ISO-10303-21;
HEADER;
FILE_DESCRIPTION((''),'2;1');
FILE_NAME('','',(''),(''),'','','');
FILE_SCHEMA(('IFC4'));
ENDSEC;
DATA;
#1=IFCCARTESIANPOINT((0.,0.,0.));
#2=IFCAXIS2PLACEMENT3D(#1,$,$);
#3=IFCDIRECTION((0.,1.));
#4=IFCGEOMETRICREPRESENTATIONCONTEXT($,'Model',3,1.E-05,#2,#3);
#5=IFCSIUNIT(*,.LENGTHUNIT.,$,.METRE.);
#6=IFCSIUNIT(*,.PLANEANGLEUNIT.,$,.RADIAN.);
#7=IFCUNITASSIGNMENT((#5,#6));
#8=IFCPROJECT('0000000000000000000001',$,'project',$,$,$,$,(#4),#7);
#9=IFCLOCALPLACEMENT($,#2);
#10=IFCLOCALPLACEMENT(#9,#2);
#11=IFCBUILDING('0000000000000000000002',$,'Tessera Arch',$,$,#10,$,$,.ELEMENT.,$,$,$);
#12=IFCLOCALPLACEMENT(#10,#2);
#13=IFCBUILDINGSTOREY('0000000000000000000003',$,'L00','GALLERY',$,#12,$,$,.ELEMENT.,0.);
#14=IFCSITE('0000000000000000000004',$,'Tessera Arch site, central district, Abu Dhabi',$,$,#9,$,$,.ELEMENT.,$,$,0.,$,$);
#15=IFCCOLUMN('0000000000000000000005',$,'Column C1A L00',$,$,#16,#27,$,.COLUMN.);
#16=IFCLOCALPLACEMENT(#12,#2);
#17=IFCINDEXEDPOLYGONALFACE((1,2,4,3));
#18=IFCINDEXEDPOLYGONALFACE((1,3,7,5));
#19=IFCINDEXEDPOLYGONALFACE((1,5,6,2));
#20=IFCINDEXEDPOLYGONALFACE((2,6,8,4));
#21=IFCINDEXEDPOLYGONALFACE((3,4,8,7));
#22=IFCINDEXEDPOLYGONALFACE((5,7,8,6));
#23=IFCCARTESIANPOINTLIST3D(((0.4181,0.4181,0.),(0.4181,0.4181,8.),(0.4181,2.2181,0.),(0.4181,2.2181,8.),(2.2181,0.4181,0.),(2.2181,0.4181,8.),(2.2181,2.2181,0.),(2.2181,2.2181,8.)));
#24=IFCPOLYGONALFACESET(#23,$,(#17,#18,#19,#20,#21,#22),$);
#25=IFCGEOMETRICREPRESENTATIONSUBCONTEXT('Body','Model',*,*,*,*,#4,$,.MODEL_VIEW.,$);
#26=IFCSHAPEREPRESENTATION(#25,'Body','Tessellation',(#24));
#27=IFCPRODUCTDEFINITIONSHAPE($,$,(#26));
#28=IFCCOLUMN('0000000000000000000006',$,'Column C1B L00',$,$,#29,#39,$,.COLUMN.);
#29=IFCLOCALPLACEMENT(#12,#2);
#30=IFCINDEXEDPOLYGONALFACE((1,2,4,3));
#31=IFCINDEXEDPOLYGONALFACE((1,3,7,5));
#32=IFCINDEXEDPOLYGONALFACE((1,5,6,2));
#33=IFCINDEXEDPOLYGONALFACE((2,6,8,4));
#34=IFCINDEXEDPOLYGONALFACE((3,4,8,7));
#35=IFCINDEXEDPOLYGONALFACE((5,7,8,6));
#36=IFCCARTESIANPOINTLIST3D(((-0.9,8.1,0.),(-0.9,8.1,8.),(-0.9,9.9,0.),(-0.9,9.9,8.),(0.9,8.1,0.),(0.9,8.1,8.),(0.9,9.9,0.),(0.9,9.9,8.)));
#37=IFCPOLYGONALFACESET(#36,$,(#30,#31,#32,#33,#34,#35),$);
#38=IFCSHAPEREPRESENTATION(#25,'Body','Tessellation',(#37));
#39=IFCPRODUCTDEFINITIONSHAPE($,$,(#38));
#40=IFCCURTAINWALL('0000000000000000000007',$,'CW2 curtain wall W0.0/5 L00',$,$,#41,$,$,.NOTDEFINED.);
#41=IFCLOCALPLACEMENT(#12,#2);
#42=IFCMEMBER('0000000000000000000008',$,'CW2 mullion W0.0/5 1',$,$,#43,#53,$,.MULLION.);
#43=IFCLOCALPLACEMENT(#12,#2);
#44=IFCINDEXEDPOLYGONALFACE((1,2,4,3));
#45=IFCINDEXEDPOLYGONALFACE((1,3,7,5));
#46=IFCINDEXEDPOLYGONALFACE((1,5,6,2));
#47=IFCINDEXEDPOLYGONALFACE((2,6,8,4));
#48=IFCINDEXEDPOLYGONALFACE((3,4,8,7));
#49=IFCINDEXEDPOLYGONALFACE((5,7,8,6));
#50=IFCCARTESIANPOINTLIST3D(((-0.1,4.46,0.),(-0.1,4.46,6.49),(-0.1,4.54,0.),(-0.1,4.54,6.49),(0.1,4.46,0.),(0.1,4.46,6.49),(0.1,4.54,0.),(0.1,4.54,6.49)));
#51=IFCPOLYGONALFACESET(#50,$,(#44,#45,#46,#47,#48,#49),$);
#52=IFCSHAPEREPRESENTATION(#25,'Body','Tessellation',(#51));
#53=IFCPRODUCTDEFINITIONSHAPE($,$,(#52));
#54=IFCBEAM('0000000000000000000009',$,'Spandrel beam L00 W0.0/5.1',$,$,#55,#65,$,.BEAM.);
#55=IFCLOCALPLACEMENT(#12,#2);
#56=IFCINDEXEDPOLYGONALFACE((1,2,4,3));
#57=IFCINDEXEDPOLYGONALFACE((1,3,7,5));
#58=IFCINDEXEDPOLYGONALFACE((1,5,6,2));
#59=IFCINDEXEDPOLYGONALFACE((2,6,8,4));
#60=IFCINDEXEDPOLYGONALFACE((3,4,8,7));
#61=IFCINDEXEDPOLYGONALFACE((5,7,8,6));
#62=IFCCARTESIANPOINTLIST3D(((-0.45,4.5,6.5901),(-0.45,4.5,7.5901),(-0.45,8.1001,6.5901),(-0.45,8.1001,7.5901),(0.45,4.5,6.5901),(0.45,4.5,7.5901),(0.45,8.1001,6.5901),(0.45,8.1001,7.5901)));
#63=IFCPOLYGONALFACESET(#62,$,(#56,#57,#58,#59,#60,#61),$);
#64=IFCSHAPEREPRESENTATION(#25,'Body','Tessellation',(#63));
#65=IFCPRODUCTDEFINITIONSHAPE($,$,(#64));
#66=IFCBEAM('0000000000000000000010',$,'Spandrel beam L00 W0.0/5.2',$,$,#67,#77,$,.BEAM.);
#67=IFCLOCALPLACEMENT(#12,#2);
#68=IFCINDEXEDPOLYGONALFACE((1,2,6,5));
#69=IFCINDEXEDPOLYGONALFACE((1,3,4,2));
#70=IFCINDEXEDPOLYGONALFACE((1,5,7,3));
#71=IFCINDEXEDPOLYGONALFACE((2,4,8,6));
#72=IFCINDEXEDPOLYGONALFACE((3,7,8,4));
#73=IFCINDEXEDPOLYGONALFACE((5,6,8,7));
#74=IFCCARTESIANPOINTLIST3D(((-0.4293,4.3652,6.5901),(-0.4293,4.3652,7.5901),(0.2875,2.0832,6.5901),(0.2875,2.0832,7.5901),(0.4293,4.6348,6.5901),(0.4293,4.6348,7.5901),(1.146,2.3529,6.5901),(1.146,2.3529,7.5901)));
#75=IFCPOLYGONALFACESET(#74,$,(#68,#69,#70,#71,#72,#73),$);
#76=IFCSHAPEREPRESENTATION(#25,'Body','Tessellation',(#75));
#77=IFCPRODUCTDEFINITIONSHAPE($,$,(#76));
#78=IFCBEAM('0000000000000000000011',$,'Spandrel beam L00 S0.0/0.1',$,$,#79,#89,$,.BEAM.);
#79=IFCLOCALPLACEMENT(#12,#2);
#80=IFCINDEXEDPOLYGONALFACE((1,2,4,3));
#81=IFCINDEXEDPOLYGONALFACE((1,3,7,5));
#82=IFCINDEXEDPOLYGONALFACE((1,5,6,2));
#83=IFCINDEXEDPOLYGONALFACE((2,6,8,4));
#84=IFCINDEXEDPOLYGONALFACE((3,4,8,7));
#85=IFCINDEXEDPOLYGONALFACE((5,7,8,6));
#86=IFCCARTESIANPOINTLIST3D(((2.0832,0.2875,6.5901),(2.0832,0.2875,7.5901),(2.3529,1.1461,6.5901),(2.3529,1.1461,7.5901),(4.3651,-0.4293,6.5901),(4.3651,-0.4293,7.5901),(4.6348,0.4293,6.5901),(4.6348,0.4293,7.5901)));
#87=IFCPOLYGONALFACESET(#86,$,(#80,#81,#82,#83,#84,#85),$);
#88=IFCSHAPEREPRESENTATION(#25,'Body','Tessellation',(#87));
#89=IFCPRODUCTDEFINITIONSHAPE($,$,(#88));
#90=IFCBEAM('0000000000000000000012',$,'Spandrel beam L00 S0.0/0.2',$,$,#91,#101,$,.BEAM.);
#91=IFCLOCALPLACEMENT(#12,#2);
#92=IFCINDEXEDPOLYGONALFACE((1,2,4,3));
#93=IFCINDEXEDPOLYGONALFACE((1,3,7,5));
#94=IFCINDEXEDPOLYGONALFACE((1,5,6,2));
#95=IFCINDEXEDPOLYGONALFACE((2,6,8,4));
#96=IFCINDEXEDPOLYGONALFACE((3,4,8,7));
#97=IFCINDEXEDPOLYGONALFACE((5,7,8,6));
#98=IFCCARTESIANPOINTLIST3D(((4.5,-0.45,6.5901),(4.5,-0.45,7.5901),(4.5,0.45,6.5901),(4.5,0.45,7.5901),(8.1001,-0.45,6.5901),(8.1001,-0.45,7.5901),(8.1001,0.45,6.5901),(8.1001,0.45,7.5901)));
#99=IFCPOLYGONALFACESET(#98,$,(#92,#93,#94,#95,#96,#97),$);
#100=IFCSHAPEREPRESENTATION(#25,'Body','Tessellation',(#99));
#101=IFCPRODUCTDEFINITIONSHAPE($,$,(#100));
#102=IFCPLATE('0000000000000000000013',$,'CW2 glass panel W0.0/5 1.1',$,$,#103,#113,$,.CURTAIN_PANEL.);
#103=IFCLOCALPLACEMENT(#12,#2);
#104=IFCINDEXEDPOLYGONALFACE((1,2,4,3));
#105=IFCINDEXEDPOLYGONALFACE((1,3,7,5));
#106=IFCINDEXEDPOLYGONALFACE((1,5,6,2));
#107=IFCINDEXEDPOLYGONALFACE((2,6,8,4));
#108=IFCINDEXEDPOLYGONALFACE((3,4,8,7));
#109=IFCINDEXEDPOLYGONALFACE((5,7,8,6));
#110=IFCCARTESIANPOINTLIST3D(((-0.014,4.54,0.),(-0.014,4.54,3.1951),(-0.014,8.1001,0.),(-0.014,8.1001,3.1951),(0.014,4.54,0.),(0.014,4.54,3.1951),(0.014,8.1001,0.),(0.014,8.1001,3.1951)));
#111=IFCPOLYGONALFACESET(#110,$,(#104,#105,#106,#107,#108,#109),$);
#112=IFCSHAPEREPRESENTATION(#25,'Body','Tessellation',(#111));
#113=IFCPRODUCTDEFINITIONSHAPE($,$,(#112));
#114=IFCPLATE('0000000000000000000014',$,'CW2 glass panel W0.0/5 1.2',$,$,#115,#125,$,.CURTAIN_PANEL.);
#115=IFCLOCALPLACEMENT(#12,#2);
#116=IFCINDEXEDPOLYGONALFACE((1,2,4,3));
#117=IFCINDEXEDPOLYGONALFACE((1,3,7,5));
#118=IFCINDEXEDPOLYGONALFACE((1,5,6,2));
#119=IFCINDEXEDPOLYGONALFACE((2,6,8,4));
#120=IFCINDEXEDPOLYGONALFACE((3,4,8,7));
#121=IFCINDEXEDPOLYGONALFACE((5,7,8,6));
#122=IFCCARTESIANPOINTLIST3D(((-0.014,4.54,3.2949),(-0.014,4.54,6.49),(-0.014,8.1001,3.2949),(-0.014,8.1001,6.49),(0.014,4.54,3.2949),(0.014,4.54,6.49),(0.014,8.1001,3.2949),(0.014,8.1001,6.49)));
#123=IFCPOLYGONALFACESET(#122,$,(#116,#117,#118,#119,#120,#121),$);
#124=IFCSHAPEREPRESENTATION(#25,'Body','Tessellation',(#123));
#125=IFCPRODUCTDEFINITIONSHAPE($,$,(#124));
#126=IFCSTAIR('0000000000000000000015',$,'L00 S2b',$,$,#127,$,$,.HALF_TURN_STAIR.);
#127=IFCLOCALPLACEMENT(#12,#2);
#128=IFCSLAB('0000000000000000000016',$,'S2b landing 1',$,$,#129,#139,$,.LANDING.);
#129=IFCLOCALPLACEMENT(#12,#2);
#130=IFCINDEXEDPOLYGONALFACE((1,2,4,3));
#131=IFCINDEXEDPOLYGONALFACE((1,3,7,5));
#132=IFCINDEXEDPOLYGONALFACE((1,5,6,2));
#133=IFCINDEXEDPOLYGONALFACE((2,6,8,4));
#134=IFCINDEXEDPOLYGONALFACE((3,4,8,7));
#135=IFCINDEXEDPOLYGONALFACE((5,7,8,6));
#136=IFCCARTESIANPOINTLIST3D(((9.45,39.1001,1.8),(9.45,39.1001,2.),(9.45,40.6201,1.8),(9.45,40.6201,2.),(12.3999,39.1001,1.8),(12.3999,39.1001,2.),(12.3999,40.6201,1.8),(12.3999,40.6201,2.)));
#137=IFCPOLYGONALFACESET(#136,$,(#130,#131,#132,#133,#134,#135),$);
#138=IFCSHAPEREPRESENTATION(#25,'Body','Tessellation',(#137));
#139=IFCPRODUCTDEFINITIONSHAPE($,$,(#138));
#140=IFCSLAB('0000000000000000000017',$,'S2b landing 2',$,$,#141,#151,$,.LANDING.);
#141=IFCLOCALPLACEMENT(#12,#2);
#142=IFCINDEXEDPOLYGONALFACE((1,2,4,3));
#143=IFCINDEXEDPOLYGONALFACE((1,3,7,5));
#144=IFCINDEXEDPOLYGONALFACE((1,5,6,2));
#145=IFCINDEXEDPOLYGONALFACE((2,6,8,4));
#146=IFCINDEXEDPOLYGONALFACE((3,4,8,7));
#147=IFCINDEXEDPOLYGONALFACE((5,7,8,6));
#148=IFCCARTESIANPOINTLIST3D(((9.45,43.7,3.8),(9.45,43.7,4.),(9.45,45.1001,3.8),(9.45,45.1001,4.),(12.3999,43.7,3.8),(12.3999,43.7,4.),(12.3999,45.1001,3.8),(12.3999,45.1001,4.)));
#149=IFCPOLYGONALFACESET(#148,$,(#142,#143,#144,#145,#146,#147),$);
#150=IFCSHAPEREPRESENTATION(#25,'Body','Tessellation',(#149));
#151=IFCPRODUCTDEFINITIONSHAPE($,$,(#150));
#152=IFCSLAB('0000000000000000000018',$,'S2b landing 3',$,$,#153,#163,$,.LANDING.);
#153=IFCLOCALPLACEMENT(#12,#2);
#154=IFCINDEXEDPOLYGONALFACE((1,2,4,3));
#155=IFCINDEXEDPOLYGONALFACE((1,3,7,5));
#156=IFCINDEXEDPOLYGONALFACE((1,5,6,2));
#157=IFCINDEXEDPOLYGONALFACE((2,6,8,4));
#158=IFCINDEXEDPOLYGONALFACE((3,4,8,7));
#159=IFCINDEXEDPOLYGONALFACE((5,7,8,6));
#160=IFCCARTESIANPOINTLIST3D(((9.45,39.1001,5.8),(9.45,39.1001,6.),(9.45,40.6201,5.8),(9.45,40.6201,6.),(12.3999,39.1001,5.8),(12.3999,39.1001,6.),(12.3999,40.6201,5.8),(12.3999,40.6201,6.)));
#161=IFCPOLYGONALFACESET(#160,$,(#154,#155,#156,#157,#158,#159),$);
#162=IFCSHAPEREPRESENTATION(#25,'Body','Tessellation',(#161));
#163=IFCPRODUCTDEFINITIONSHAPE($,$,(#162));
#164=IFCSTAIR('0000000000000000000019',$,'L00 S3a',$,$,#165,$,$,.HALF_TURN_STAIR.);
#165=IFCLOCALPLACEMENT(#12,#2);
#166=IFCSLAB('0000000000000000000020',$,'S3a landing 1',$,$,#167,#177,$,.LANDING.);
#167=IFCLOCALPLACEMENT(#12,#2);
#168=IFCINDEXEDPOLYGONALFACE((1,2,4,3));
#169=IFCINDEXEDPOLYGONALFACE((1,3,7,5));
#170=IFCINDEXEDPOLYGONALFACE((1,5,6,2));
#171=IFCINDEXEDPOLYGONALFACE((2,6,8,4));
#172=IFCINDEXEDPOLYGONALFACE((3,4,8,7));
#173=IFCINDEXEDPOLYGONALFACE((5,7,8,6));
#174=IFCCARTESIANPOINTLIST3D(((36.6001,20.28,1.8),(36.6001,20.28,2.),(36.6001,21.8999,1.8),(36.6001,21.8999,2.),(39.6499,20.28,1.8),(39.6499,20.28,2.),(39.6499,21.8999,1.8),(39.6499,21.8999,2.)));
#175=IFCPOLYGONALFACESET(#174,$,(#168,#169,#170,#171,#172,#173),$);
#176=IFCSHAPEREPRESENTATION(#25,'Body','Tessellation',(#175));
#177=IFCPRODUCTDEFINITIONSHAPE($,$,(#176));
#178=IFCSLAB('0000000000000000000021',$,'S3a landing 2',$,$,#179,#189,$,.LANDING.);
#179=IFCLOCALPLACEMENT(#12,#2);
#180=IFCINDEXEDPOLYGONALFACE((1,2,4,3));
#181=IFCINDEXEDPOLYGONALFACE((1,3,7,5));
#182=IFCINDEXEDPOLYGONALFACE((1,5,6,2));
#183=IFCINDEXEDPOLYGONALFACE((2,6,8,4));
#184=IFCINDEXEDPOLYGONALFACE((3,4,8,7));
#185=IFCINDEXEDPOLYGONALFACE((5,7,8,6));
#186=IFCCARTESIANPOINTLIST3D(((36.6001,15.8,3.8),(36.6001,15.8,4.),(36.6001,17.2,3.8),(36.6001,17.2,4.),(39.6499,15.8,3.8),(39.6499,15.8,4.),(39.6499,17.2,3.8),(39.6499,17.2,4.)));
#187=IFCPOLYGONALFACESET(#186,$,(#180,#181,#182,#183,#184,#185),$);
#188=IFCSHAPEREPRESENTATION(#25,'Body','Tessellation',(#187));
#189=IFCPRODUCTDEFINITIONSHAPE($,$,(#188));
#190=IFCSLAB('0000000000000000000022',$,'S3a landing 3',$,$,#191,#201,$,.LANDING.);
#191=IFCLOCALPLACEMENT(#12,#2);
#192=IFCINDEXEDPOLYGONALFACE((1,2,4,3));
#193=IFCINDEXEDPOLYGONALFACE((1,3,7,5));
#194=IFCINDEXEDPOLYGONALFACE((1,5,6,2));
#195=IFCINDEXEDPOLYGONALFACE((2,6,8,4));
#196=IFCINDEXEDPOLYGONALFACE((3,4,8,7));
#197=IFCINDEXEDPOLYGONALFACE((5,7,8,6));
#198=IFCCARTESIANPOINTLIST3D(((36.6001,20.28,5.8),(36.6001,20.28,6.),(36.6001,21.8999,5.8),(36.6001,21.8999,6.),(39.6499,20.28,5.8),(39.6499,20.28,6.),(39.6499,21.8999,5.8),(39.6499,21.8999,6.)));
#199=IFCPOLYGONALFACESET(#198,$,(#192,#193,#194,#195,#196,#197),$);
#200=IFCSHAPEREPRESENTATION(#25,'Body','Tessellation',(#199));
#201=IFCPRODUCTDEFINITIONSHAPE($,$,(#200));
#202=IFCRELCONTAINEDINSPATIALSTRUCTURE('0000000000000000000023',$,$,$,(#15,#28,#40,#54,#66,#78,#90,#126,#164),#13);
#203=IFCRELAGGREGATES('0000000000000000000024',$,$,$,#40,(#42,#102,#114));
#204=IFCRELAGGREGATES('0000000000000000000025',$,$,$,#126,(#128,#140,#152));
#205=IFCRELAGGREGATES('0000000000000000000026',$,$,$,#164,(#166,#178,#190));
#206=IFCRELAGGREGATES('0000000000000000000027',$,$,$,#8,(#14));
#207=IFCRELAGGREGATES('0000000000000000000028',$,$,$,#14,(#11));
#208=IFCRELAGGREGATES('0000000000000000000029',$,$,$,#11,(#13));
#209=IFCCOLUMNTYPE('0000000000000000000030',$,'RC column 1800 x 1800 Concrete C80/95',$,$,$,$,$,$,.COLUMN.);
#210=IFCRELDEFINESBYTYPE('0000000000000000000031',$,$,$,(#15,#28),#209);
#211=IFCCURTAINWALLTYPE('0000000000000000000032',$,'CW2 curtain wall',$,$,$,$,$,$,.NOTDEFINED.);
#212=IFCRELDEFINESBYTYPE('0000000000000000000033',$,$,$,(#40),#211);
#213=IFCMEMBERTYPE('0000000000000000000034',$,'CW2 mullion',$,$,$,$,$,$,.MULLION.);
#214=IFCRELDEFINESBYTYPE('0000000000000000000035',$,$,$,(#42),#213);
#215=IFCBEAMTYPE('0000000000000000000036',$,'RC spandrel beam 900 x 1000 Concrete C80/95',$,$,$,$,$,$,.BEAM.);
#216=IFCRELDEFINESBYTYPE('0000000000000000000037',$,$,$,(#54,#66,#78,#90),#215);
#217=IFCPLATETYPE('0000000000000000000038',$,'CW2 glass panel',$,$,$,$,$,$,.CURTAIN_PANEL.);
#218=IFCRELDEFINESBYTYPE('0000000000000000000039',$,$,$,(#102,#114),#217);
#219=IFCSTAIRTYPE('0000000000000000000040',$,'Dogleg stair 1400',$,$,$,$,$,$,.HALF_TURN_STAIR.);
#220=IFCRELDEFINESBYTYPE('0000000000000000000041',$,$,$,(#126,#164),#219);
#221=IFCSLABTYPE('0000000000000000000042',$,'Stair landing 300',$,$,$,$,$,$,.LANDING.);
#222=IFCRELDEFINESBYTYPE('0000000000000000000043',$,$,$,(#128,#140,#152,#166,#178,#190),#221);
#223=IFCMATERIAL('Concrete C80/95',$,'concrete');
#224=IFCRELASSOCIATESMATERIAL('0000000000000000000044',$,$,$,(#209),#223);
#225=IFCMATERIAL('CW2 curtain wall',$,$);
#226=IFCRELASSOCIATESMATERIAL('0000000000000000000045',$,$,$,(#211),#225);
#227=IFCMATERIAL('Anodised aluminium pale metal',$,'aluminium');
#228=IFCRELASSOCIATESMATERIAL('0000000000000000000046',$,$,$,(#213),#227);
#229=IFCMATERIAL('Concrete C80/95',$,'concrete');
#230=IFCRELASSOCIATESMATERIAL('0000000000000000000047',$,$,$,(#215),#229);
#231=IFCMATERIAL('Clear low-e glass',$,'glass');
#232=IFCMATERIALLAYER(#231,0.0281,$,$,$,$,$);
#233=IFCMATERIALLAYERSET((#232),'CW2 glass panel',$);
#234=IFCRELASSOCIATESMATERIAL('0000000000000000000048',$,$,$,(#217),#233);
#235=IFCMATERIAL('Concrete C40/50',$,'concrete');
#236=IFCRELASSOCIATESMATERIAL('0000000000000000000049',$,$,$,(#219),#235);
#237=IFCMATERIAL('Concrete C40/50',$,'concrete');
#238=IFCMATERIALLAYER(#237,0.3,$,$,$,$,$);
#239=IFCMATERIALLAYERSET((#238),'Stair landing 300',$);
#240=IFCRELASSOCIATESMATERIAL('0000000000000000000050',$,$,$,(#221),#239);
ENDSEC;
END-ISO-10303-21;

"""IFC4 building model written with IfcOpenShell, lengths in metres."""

from ifc_helpers import new_model, si_unit, direction, frame, origin, origin_2d, place, context, subcontext, project, spatial, polyline, rectangle, outline, extrude, material, layer, layer_set, material_profile, profile_set, type_object, element, aggregate, save


model = new_model("IFC4")

# Units and contexts
model_context = context("Model", 3, precision=1e-05, world=origin(), true_north=direction((0.0, 1.0)))
body_context = subcontext(model_context, "Body", "Model", "MODEL_VIEW")
ifc_project = project(units=[si_unit("LENGTHUNIT", "METRE"), si_unit("PLANEANGLEUNIT", "RADIAN")], contexts=[model_context])

# Site, building, storey
site_placement = place(None, origin())
site = spatial("IfcSite", under=ifc_project, at=site_placement, Name="Tessera Arch site, central district, Abu Dhabi", CompositionType="ELEMENT", RefElevation=0.0)
building_placement = place(site_placement, origin())
building = spatial("IfcBuilding", under=site, at=building_placement, Name="Tessera Arch", CompositionType="ELEMENT")
storey_placement = place(building_placement, origin())
storey = spatial("IfcBuildingStorey", under=building, at=storey_placement, Name="L00", Description="GALLERY", CompositionType="ELEMENT", Elevation=0.0)

# Columns
ifc_material_1 = material(Name="Concrete C80/95", Category="concrete")
ifc_material_profile_1 = material_profile(ifc_material_1, rectangle(XDim=1.8, YDim=1.8, at=origin_2d()), Name="RC column 1800 x 1800 Concrete C80/95")
ifc_profile_set_1 = profile_set([ifc_material_profile_1], Name="Concrete C80/95")
column_type = type_object("IfcColumnType", Name="RC column 1800 x 1800 Concrete C80/95", PredefinedType="COLUMN", material=ifc_profile_set_1)
for number, where, z_axis, x_axis, name in (
    (1, (1.3181, 1.3181, 0.0), (0.0, 0.0, 1.0), (1.0, 0.0, 0.0), "Column C1A L00"),
    (2, (0.0, 9.0, 0.0), (0.0, 0.0, 1.0), (1.0, 0.0, 0.0), "Column C1B L00"),
):
    element("IfcColumn", number, at=place(storey_placement, frame(where, z_axis=z_axis, x_axis=x_axis)), inside=storey, type_object=column_type, Name=name, PredefinedType="COLUMN", context=body_context, shape_type="SweptSolid", body=[
        extrude(rectangle(XDim=1.8, YDim=1.8, at=origin_2d()), origin(), (0.0, 0.0, 1.0), 8.0),
    ])

# Curtain wall, member
ifc_material_2 = material(Name="CW2 curtain wall")
curtain_wall_type = type_object("IfcCurtainWallType", Name="CW2 curtain wall", PredefinedType="NOTDEFINED", material=ifc_material_2)
curtain_wall_placement = place(storey_placement, origin())
curtain_wall = element("IfcCurtainWall", 3, at=curtain_wall_placement, inside=storey, type_object=curtain_wall_type, Name="CW2 curtain wall W0.0/5 L00", PredefinedType="NOTDEFINED")
ifc_material_3 = material(Name="Anodised aluminium pale metal", Category="aluminium")
ifc_material_profile_2 = material_profile(ifc_material_3, rectangle(XDim=0.2, YDim=0.0801, at=origin_2d()), Name="AL 80x200")
ifc_profile_set_2 = profile_set([ifc_material_profile_2], Name="Anodised aluminium pale metal")
member_type = type_object("IfcMemberType", Name="CW2 mullion", PredefinedType="MULLION", material=ifc_profile_set_2)
member_placement = place(storey_placement, frame((0.0, 4.5, 0.0), z_axis=(0.0, 0.0, 1.0), x_axis=(1.0, 0.0, 0.0)))
member = element("IfcMember", 4, at=member_placement, type_object=member_type, Name="CW2 mullion W0.0/5 1", PredefinedType="MULLION", context=body_context, shape_type="SweptSolid", body=[
    extrude(rectangle(XDim=0.2, YDim=0.0801, at=origin_2d()), origin(), (0.0, 0.0, 1.0), 6.49),
])

# Beams
ifc_material_4 = material(Name="Concrete C80/95", Category="concrete")
ifc_material_profile_3 = material_profile(ifc_material_4, rectangle(XDim=0.8999, YDim=1.0, at=origin_2d()), Name="RC spandrel beam 900 x 1000 Concrete C80/95")
ifc_profile_set_3 = profile_set([ifc_material_profile_3], Name="Concrete C80/95")
beam_type = type_object("IfcBeamType", Name="RC spandrel beam 900 x 1000 Concrete C80/95", PredefinedType="BEAM", material=ifc_profile_set_3)
beam_1_placement = place(storey_placement, frame((0.0, 8.1001, 7.0901), z_axis=(0.0, -1.0, 0.0), x_axis=(1.0, 0.0, 0.0)))
element("IfcBeam", 5, at=beam_1_placement, inside=storey, type_object=beam_type, Name="Spandrel beam L00 W0.0/5.1", PredefinedType="BEAM", context=body_context, shape_type="SweptSolid", body=[
    extrude(rectangle(XDim=0.8999, YDim=1.0, at=origin_2d()), origin(), (0.0, 0.0, 1.0), 3.6001),
])
for number, where, z_axis, x_axis, name in (
    (6, (0.0, 4.5, 7.0901), (0.299675, -0.954041, 0.0), (0.954041, 0.299675, 0.0), "Spandrel beam L00 W0.0/5.2"),
    (7, (2.218, 0.7168, 7.0901), (0.954041, -0.299675, 0.0), (0.299675, 0.954041, 0.0), "Spandrel beam L00 S0.0/0.1"),
):
    element("IfcBeam", number, at=place(storey_placement, frame(where, z_axis=z_axis, x_axis=x_axis)), inside=storey, type_object=beam_type, Name=name, PredefinedType="BEAM", context=body_context, shape_type="SweptSolid", body=[
        extrude(rectangle(XDim=0.8999, YDim=1.0, at=origin_2d()), origin(), (0.0, 0.0, 1.0), 2.3918),
    ])
beam_2_placement = place(storey_placement, frame((4.5, 0.0, 7.0901), z_axis=(1.0, 0.0, 0.0), x_axis=(0.0, 1.0, 0.0)))
element("IfcBeam", 8, at=beam_2_placement, inside=storey, type_object=beam_type, Name="Spandrel beam L00 S0.0/0.2", PredefinedType="BEAM", context=body_context, shape_type="SweptSolid", body=[
    extrude(rectangle(XDim=0.8999, YDim=1.0, at=origin_2d()), origin(), (0.0, 0.0, 1.0), 3.6001),
])

# Plates
ifc_material_5 = material(Name="Clear low-e glass", Category="glass")
ifc_layer_1 = layer(ifc_material_5, 0.0281)
ifc_layer_set_1 = layer_set([ifc_layer_1], Name="CW2 glass panel")
plate_type = type_object("IfcPlateType", Name="CW2 glass panel", PredefinedType="CURTAIN_PANEL", material=ifc_layer_set_1)
plate_1_placement = place(storey_placement, frame((0.0, 6.3201, 0.0), z_axis=(0.0, 0.0, 1.0), x_axis=(0.0, -1.0, 0.0)))
plate_1 = element("IfcPlate", 9, at=plate_1_placement, type_object=plate_type, Name="CW2 glass panel W0.0/5 1.1", PredefinedType="CURTAIN_PANEL", context=body_context, shape_type="SweptSolid", body=[
    extrude(rectangle(XDim=3.5601, YDim=0.0281, at=origin_2d()), origin(), (0.0, 0.0, 1.0), 3.1951),
])
plate_2_placement = place(storey_placement, frame((0.0, 6.3201, 3.2949), z_axis=(0.0, 0.0, 1.0), x_axis=(0.0, -1.0, 0.0)))
plate_2 = element("IfcPlate", 10, at=plate_2_placement, type_object=plate_type, Name="CW2 glass panel W0.0/5 1.2", PredefinedType="CURTAIN_PANEL", context=body_context, shape_type="SweptSolid", body=[
    extrude(rectangle(XDim=3.5601, YDim=0.0281, at=origin_2d()), origin(), (0.0, 0.0, 1.0), 3.1951),
])
aggregate(curtain_wall, [member, plate_1, plate_2])

# Stairs, slabs
ifc_material_6 = material(Name="Concrete C40/50", Category="concrete")
stair_type = type_object("IfcStairType", Name="Dogleg stair 1400", PredefinedType="HALF_TURN_STAIR", material=ifc_material_6)
stair_1_placement = place(storey_placement, origin())
stair_1 = element("IfcStair", 11, at=stair_1_placement, inside=storey, type_object=stair_type, Name="L00 S2b", PredefinedType="HALF_TURN_STAIR")
ifc_material_7 = material(Name="Concrete C40/50", Category="concrete")
ifc_layer_2 = layer(ifc_material_7, 0.3)
ifc_layer_set_2 = layer_set([ifc_layer_2], Name="Stair landing 300")
slab_type = type_object("IfcSlabType", Name="Stair landing 300", PredefinedType="LANDING", material=ifc_layer_set_2)
slab_1_placement = place(storey_placement, frame((0.0, 0.0, 1.8)))
slab_1 = element("IfcSlab", 12, at=slab_1_placement, type_object=slab_type, Name="S2b landing 1", PredefinedType="LANDING", context=body_context, shape_type="SweptSolid", body=[
    extrude(outline(polyline([(9.45, 40.6201), (9.45, 39.1001), (12.3999, 39.1001), (12.3999, 40.6201), (9.45, 40.6201)])), origin(), (0.0, 0.0, 1.0), 0.2),
])
slab_2_placement = place(storey_placement, frame((0.0, 0.0, 3.8)))
slab_2 = element("IfcSlab", 13, at=slab_2_placement, type_object=slab_type, Name="S2b landing 2", PredefinedType="LANDING", context=body_context, shape_type="SweptSolid", body=[
    extrude(outline(polyline([(9.45, 45.1001), (9.45, 43.7), (12.3999, 43.7), (12.3999, 45.1001), (9.45, 45.1001)])), origin(), (0.0, 0.0, 1.0), 0.2),
])
slab_3_placement = place(storey_placement, frame((0.0, 0.0, 5.8)))
slab_3 = element("IfcSlab", 14, at=slab_3_placement, type_object=slab_type, Name="S2b landing 3", PredefinedType="LANDING", context=body_context, shape_type="SweptSolid", body=[
    extrude(outline(polyline([(9.45, 40.6201), (9.45, 39.1001), (12.3999, 39.1001), (12.3999, 40.6201), (9.45, 40.6201)])), origin(), (0.0, 0.0, 1.0), 0.2),
])
aggregate(stair_1, [slab_1, slab_2, slab_3])
stair_2_placement = place(storey_placement, origin())
stair_2 = element("IfcStair", 15, at=stair_2_placement, inside=storey, type_object=stair_type, Name="L00 S3a", PredefinedType="HALF_TURN_STAIR")
slab_4_placement = place(storey_placement, frame((0.0, 0.0, 1.8)))
slab_4 = element("IfcSlab", 16, at=slab_4_placement, type_object=slab_type, Name="S3a landing 1", PredefinedType="LANDING", context=body_context, shape_type="SweptSolid", body=[
    extrude(outline(polyline([(39.6499, 20.28), (39.6499, 21.8999), (36.6001, 21.8999), (36.6001, 20.28), (39.6499, 20.28)])), origin(), (0.0, 0.0, 1.0), 0.2),
])
slab_5_placement = place(storey_placement, frame((0.0, 0.0, 3.8)))
slab_5 = element("IfcSlab", 17, at=slab_5_placement, type_object=slab_type, Name="S3a landing 2", PredefinedType="LANDING", context=body_context, shape_type="SweptSolid", body=[
    extrude(outline(polyline([(39.6499, 15.8), (39.6499, 17.2), (36.6001, 17.2), (36.6001, 15.8), (39.6499, 15.8)])), origin(), (0.0, 0.0, 1.0), 0.2),
])
slab_6_placement = place(storey_placement, frame((0.0, 0.0, 5.8)))
slab_6 = element("IfcSlab", 18, at=slab_6_placement, type_object=slab_type, Name="S3a landing 3", PredefinedType="LANDING", context=body_context, shape_type="SweptSolid", body=[
    extrude(outline(polyline([(39.6499, 20.28), (39.6499, 21.8999), (36.6001, 21.8999), (36.6001, 20.28), (39.6499, 20.28)])), origin(), (0.0, 0.0, 1.0), 0.2),
])
aggregate(stair_2, [slab_4, slab_5, slab_6])

save(model, "model.ifc")
